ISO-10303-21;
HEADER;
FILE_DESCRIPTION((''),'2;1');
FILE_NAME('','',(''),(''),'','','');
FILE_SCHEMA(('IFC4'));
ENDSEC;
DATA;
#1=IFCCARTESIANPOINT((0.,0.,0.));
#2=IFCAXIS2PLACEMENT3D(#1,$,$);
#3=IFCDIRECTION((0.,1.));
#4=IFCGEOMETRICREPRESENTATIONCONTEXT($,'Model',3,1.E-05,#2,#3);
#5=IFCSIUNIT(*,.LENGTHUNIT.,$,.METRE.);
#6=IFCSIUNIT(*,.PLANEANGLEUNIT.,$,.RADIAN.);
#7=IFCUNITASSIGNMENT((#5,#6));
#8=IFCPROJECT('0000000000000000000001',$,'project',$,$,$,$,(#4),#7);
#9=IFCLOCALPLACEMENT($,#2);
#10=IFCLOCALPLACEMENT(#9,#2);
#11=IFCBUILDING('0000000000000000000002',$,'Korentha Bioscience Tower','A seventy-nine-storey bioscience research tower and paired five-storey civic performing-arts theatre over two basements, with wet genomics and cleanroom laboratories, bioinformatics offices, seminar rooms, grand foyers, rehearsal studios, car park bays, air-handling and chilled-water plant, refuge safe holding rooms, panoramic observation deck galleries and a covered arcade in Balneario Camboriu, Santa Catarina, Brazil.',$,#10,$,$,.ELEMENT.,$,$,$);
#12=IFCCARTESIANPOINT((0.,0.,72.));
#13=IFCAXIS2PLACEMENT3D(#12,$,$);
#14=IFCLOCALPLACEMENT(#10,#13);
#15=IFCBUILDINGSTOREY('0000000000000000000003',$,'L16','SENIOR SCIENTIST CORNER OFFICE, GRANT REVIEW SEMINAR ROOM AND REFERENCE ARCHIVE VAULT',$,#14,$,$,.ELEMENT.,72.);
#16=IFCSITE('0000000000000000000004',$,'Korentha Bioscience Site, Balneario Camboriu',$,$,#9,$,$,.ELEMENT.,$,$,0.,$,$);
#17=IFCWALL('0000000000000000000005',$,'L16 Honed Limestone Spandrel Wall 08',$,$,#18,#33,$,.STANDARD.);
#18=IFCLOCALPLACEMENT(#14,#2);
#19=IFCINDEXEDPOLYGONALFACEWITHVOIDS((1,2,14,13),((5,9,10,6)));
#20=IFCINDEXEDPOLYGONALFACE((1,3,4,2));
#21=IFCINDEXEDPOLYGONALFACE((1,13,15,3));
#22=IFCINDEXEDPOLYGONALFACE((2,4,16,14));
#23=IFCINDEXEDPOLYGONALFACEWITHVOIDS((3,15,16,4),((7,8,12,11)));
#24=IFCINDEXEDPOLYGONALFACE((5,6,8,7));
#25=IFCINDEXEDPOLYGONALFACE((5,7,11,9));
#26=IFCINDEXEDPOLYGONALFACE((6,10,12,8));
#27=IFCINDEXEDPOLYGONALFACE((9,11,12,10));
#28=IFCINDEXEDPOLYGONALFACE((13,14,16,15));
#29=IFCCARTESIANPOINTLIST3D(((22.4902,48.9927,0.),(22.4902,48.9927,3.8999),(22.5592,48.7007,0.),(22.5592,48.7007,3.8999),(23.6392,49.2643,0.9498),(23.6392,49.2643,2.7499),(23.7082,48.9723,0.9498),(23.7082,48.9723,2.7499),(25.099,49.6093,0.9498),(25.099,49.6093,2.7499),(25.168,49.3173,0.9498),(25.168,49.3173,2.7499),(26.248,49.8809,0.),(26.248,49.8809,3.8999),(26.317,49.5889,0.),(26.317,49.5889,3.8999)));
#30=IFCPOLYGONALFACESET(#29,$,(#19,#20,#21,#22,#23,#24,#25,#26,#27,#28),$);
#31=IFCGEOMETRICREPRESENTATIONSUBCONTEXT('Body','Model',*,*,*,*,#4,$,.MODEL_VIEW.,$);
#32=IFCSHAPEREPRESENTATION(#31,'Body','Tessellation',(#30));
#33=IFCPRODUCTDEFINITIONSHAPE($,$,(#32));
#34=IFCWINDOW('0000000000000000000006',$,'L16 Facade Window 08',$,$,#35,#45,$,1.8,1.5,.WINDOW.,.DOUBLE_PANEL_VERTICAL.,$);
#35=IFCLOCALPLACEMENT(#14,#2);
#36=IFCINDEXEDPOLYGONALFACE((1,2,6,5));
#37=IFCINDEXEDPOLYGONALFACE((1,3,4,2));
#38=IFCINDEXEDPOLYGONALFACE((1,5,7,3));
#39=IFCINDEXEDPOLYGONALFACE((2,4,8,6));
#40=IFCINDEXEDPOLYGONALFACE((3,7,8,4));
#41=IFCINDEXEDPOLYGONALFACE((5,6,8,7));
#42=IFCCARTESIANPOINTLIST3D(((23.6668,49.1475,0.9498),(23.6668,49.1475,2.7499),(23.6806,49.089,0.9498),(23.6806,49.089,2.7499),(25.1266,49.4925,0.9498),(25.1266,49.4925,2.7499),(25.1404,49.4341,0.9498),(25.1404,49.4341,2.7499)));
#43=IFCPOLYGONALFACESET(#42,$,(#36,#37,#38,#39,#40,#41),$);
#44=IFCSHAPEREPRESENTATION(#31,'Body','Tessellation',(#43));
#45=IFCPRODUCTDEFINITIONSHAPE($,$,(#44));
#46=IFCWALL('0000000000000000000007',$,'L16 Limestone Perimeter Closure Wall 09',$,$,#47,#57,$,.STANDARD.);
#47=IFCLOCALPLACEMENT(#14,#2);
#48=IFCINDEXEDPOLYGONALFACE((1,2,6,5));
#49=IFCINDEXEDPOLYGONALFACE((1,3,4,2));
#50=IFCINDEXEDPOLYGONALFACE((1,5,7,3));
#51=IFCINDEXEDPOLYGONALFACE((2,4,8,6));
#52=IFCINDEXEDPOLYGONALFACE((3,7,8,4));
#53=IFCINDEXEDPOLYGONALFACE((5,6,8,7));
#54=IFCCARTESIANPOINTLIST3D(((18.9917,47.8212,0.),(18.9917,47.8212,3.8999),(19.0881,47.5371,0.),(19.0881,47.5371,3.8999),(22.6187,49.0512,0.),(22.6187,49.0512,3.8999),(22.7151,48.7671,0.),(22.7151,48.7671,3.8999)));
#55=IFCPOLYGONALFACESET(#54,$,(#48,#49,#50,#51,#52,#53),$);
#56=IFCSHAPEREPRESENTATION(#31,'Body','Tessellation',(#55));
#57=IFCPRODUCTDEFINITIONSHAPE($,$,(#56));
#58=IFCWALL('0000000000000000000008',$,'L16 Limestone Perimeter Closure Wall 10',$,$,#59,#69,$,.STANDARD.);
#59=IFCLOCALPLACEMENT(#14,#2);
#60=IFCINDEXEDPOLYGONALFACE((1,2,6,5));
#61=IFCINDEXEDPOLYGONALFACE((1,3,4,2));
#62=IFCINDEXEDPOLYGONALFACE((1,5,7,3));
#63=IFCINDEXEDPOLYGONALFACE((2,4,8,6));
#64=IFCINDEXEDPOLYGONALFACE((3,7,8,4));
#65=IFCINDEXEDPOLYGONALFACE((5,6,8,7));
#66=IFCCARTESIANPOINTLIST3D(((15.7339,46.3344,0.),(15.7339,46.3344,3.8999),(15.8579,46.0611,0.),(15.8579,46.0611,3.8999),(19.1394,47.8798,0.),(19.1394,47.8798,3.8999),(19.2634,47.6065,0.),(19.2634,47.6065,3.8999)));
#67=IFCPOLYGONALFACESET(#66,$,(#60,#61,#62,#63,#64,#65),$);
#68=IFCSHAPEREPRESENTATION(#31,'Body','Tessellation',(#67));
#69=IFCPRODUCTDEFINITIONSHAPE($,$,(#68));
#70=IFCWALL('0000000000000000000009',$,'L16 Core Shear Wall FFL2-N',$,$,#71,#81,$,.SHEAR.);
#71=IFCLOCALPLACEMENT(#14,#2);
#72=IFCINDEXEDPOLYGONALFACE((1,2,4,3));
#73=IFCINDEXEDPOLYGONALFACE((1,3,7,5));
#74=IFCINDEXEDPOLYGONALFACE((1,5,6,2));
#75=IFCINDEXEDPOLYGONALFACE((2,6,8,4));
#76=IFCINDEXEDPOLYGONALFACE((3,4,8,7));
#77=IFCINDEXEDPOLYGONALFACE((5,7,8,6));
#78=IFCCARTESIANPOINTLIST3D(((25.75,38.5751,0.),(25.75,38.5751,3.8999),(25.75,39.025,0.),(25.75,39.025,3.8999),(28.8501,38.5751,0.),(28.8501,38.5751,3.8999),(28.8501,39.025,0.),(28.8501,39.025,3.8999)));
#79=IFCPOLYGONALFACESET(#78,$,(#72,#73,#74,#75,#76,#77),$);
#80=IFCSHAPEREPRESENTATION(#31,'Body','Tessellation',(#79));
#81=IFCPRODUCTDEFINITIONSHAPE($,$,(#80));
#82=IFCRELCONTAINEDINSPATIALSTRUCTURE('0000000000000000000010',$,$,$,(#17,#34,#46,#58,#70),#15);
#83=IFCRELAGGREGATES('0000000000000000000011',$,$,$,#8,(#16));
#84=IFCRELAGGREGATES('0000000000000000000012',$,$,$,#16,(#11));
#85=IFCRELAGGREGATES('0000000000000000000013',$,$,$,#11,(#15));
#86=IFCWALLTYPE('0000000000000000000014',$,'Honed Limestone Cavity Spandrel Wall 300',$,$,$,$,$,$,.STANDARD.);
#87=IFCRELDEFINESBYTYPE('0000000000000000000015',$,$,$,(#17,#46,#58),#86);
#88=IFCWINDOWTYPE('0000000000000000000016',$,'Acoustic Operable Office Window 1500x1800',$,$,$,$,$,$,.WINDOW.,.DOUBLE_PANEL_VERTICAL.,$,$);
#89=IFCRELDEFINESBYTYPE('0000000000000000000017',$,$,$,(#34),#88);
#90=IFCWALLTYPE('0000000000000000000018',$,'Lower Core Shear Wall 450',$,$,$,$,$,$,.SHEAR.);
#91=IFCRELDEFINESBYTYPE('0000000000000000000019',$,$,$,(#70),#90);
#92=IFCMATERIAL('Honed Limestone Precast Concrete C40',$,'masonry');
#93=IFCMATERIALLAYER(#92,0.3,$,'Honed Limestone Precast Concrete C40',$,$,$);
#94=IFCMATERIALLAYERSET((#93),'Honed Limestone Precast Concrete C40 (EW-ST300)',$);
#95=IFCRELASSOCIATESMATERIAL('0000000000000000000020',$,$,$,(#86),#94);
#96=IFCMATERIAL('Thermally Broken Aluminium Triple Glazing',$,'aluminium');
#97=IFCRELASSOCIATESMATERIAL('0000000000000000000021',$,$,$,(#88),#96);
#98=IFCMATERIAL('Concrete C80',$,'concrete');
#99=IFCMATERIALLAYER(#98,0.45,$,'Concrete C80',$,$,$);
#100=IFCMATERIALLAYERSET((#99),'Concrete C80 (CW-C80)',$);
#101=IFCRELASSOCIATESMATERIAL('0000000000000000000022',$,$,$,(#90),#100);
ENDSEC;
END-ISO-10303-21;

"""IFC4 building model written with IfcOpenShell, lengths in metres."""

from ifc_helpers import new_model, si_unit, direction, frame, frame_2d, origin, place, context, subcontext, project, spatial, rectangle, extrude, material, layer, layer_set, type_object, element, fill, save


model = new_model("IFC4")

# Units and contexts
model_context = context("Model", 3, precision=1e-05, world=origin(), true_north=direction((0.0, 1.0)))
body_context = subcontext(model_context, "Body", "Model", "MODEL_VIEW")
ifc_project = project(units=[si_unit("LENGTHUNIT", "METRE"), si_unit("PLANEANGLEUNIT", "RADIAN")], contexts=[model_context])

# Site, building, storey
site_placement = place(None, origin())
site = spatial("IfcSite", under=ifc_project, at=site_placement, Name="Korentha Bioscience Site, Balneario Camboriu", CompositionType="ELEMENT", RefElevation=0.0)
building_placement = place(site_placement, origin())
building = spatial("IfcBuilding", under=site, at=building_placement, Name="Korentha Bioscience Tower", Description="A seventy-nine-storey bioscience research tower and paired five-storey civic performing-arts theatre over two basements, with wet genomics and cleanroom laboratories, bioinformatics offices, seminar rooms, grand foyers, rehearsal studios, car park bays, air-handling and chilled-water plant, refuge safe holding rooms, panoramic observation deck galleries and a covered arcade in Balneario Camboriu, Santa Catarina, Brazil.", CompositionType="ELEMENT")
storey_placement = place(building_placement, frame((0.0, 0.0, 72.0)))
storey = spatial("IfcBuildingStorey", under=building, at=storey_placement, Name="L16", Description="SENIOR SCIENTIST CORNER OFFICE, GRANT REVIEW SEMINAR ROOM AND REFERENCE ARCHIVE VAULT", CompositionType="ELEMENT", Elevation=72.0)

# Shared definitions
ifc_material_1 = material(Name="Concrete C80", Category="concrete")

# Wall, opening, window
ifc_material_2 = material(Name="Honed Limestone Precast Concrete C40", Category="masonry")
ifc_layer_1 = layer(ifc_material_2, 0.3, Name="Honed Limestone Precast Concrete C40")
ifc_layer_set_1 = layer_set([ifc_layer_1], Name="Honed Limestone Precast Concrete C40 (EW-ST300)")
wall_type_1 = type_object("IfcWallType", Name="Honed Limestone Cavity Spandrel Wall 300", PredefinedType="STANDARD", material=ifc_layer_set_1)
wall_1_placement = place(storey_placement, frame((26.2825, 49.7349, 0.0), z_axis=(0.0, 0.0, 1.0), x_axis=(-0.973186, -0.230019, 0.0)))
wall_1 = element("IfcWall", 1, at=wall_1_placement, inside=storey, type_object=wall_type_1, Name="L16 Honed Limestone Spandrel Wall 08", PredefinedType="STANDARD", context=body_context, shape_type="SweptSolid", body=[
    extrude(rectangle(XDim=3.8613, YDim=0.3, at=frame_2d((1.9307, 0.0))), origin(), (0.0, 0.0, 1.0), 3.8999),
])
opening_placement = place(wall_1_placement, frame((1.1807, 0.0, 0.95)))
opening = element("IfcOpeningElement", 2, at=opening_placement, cuts=wall_1, PredefinedType="OPENING", context=body_context, shape_type="SweptSolid", body=[
    extrude(rectangle(XDim=1.5, YDim=1.8, at=frame_2d((0.75, 0.8999))), frame((0.0, 0.165, 0.0), z_axis=(0.0, -1.0, 0.0), x_axis=(1.0, 0.0, 0.0)), (0.0, 0.0, 1.0), 0.3298),
])
ifc_material_3 = material(Name="Thermally Broken Aluminium Triple Glazing", Category="aluminium")
window_type = type_object("IfcWindowType", Name="Acoustic Operable Office Window 1500x1800", PartitioningType="DOUBLE_PANEL_VERTICAL", PredefinedType="WINDOW", material=ifc_material_3)
window_placement = place(opening_placement, origin())
window = element("IfcWindow", 3, at=window_placement, inside=storey, type_object=window_type, Name="L16 Facade Window 08", OverallHeight=1.8, OverallWidth=1.5, PartitioningType="DOUBLE_PANEL_VERTICAL", PredefinedType="WINDOW", context=body_context, shape_type="SweptSolid", body=[
    extrude(rectangle(XDim=1.5, YDim=1.8, at=frame_2d((0.75, 0.8999))), frame((0.0, 0.03, 0.0), z_axis=(0.0, -1.0, 0.0), x_axis=(1.0, 0.0, 0.0)), (0.0, 0.0, 1.0), 0.0601),
])
fill(opening, window)

# Walls
wall_2_placement = place(storey_placement, frame((22.667, 48.9092, 0.0), z_axis=(0.0, 0.0, 1.0), x_axis=(-0.947026, -0.321158, 0.0)))
element("IfcWall", 4, at=wall_2_placement, inside=storey, type_object=wall_type_1, Name="L16 Limestone Perimeter Closure Wall 09", PredefinedType="STANDARD", context=body_context, shape_type="SweptSolid", body=[
    extrude(rectangle(XDim=3.8298, YDim=0.3, at=frame_2d((1.915, 0.0))), origin(), (0.0, 0.0, 1.0), 3.8999),
])
wall_3_placement = place(storey_placement, frame((19.2014, 47.7432, 0.0), z_axis=(0.0, 0.0, 1.0), x_axis=(-0.910623, -0.413237, 0.0)))
element("IfcWall", 5, at=wall_3_placement, inside=storey, type_object=wall_type_1, Name="L16 Limestone Perimeter Closure Wall 10", PredefinedType="STANDARD", context=body_context, shape_type="SweptSolid", body=[
    extrude(rectangle(XDim=3.7397, YDim=0.3, at=frame_2d((1.8699, 0.0))), origin(), (0.0, 0.0, 1.0), 3.8999),
])
ifc_layer_2 = layer(ifc_material_1, 0.45, Name="Concrete C80")
ifc_layer_set_2 = layer_set([ifc_layer_2], Name="Concrete C80 (CW-C80)")
wall_type_2 = type_object("IfcWallType", Name="Lower Core Shear Wall 450", PredefinedType="SHEAR", material=ifc_layer_set_2)
wall_4_placement = place(storey_placement, frame((25.75, 38.8, 0.0), z_axis=(0.0, 0.0, 1.0), x_axis=(1.0, 0.0, 0.0)))
element("IfcWall", 6, at=wall_4_placement, inside=storey, type_object=wall_type_2, Name="L16 Core Shear Wall FFL2-N", PredefinedType="SHEAR", context=body_context, shape_type="SweptSolid", body=[
    extrude(rectangle(XDim=3.1001, YDim=0.45, at=frame_2d((1.55, 0.0))), origin(), (0.0, 0.0, 1.0), 3.8999),
])

save(model, "model.ifc")
